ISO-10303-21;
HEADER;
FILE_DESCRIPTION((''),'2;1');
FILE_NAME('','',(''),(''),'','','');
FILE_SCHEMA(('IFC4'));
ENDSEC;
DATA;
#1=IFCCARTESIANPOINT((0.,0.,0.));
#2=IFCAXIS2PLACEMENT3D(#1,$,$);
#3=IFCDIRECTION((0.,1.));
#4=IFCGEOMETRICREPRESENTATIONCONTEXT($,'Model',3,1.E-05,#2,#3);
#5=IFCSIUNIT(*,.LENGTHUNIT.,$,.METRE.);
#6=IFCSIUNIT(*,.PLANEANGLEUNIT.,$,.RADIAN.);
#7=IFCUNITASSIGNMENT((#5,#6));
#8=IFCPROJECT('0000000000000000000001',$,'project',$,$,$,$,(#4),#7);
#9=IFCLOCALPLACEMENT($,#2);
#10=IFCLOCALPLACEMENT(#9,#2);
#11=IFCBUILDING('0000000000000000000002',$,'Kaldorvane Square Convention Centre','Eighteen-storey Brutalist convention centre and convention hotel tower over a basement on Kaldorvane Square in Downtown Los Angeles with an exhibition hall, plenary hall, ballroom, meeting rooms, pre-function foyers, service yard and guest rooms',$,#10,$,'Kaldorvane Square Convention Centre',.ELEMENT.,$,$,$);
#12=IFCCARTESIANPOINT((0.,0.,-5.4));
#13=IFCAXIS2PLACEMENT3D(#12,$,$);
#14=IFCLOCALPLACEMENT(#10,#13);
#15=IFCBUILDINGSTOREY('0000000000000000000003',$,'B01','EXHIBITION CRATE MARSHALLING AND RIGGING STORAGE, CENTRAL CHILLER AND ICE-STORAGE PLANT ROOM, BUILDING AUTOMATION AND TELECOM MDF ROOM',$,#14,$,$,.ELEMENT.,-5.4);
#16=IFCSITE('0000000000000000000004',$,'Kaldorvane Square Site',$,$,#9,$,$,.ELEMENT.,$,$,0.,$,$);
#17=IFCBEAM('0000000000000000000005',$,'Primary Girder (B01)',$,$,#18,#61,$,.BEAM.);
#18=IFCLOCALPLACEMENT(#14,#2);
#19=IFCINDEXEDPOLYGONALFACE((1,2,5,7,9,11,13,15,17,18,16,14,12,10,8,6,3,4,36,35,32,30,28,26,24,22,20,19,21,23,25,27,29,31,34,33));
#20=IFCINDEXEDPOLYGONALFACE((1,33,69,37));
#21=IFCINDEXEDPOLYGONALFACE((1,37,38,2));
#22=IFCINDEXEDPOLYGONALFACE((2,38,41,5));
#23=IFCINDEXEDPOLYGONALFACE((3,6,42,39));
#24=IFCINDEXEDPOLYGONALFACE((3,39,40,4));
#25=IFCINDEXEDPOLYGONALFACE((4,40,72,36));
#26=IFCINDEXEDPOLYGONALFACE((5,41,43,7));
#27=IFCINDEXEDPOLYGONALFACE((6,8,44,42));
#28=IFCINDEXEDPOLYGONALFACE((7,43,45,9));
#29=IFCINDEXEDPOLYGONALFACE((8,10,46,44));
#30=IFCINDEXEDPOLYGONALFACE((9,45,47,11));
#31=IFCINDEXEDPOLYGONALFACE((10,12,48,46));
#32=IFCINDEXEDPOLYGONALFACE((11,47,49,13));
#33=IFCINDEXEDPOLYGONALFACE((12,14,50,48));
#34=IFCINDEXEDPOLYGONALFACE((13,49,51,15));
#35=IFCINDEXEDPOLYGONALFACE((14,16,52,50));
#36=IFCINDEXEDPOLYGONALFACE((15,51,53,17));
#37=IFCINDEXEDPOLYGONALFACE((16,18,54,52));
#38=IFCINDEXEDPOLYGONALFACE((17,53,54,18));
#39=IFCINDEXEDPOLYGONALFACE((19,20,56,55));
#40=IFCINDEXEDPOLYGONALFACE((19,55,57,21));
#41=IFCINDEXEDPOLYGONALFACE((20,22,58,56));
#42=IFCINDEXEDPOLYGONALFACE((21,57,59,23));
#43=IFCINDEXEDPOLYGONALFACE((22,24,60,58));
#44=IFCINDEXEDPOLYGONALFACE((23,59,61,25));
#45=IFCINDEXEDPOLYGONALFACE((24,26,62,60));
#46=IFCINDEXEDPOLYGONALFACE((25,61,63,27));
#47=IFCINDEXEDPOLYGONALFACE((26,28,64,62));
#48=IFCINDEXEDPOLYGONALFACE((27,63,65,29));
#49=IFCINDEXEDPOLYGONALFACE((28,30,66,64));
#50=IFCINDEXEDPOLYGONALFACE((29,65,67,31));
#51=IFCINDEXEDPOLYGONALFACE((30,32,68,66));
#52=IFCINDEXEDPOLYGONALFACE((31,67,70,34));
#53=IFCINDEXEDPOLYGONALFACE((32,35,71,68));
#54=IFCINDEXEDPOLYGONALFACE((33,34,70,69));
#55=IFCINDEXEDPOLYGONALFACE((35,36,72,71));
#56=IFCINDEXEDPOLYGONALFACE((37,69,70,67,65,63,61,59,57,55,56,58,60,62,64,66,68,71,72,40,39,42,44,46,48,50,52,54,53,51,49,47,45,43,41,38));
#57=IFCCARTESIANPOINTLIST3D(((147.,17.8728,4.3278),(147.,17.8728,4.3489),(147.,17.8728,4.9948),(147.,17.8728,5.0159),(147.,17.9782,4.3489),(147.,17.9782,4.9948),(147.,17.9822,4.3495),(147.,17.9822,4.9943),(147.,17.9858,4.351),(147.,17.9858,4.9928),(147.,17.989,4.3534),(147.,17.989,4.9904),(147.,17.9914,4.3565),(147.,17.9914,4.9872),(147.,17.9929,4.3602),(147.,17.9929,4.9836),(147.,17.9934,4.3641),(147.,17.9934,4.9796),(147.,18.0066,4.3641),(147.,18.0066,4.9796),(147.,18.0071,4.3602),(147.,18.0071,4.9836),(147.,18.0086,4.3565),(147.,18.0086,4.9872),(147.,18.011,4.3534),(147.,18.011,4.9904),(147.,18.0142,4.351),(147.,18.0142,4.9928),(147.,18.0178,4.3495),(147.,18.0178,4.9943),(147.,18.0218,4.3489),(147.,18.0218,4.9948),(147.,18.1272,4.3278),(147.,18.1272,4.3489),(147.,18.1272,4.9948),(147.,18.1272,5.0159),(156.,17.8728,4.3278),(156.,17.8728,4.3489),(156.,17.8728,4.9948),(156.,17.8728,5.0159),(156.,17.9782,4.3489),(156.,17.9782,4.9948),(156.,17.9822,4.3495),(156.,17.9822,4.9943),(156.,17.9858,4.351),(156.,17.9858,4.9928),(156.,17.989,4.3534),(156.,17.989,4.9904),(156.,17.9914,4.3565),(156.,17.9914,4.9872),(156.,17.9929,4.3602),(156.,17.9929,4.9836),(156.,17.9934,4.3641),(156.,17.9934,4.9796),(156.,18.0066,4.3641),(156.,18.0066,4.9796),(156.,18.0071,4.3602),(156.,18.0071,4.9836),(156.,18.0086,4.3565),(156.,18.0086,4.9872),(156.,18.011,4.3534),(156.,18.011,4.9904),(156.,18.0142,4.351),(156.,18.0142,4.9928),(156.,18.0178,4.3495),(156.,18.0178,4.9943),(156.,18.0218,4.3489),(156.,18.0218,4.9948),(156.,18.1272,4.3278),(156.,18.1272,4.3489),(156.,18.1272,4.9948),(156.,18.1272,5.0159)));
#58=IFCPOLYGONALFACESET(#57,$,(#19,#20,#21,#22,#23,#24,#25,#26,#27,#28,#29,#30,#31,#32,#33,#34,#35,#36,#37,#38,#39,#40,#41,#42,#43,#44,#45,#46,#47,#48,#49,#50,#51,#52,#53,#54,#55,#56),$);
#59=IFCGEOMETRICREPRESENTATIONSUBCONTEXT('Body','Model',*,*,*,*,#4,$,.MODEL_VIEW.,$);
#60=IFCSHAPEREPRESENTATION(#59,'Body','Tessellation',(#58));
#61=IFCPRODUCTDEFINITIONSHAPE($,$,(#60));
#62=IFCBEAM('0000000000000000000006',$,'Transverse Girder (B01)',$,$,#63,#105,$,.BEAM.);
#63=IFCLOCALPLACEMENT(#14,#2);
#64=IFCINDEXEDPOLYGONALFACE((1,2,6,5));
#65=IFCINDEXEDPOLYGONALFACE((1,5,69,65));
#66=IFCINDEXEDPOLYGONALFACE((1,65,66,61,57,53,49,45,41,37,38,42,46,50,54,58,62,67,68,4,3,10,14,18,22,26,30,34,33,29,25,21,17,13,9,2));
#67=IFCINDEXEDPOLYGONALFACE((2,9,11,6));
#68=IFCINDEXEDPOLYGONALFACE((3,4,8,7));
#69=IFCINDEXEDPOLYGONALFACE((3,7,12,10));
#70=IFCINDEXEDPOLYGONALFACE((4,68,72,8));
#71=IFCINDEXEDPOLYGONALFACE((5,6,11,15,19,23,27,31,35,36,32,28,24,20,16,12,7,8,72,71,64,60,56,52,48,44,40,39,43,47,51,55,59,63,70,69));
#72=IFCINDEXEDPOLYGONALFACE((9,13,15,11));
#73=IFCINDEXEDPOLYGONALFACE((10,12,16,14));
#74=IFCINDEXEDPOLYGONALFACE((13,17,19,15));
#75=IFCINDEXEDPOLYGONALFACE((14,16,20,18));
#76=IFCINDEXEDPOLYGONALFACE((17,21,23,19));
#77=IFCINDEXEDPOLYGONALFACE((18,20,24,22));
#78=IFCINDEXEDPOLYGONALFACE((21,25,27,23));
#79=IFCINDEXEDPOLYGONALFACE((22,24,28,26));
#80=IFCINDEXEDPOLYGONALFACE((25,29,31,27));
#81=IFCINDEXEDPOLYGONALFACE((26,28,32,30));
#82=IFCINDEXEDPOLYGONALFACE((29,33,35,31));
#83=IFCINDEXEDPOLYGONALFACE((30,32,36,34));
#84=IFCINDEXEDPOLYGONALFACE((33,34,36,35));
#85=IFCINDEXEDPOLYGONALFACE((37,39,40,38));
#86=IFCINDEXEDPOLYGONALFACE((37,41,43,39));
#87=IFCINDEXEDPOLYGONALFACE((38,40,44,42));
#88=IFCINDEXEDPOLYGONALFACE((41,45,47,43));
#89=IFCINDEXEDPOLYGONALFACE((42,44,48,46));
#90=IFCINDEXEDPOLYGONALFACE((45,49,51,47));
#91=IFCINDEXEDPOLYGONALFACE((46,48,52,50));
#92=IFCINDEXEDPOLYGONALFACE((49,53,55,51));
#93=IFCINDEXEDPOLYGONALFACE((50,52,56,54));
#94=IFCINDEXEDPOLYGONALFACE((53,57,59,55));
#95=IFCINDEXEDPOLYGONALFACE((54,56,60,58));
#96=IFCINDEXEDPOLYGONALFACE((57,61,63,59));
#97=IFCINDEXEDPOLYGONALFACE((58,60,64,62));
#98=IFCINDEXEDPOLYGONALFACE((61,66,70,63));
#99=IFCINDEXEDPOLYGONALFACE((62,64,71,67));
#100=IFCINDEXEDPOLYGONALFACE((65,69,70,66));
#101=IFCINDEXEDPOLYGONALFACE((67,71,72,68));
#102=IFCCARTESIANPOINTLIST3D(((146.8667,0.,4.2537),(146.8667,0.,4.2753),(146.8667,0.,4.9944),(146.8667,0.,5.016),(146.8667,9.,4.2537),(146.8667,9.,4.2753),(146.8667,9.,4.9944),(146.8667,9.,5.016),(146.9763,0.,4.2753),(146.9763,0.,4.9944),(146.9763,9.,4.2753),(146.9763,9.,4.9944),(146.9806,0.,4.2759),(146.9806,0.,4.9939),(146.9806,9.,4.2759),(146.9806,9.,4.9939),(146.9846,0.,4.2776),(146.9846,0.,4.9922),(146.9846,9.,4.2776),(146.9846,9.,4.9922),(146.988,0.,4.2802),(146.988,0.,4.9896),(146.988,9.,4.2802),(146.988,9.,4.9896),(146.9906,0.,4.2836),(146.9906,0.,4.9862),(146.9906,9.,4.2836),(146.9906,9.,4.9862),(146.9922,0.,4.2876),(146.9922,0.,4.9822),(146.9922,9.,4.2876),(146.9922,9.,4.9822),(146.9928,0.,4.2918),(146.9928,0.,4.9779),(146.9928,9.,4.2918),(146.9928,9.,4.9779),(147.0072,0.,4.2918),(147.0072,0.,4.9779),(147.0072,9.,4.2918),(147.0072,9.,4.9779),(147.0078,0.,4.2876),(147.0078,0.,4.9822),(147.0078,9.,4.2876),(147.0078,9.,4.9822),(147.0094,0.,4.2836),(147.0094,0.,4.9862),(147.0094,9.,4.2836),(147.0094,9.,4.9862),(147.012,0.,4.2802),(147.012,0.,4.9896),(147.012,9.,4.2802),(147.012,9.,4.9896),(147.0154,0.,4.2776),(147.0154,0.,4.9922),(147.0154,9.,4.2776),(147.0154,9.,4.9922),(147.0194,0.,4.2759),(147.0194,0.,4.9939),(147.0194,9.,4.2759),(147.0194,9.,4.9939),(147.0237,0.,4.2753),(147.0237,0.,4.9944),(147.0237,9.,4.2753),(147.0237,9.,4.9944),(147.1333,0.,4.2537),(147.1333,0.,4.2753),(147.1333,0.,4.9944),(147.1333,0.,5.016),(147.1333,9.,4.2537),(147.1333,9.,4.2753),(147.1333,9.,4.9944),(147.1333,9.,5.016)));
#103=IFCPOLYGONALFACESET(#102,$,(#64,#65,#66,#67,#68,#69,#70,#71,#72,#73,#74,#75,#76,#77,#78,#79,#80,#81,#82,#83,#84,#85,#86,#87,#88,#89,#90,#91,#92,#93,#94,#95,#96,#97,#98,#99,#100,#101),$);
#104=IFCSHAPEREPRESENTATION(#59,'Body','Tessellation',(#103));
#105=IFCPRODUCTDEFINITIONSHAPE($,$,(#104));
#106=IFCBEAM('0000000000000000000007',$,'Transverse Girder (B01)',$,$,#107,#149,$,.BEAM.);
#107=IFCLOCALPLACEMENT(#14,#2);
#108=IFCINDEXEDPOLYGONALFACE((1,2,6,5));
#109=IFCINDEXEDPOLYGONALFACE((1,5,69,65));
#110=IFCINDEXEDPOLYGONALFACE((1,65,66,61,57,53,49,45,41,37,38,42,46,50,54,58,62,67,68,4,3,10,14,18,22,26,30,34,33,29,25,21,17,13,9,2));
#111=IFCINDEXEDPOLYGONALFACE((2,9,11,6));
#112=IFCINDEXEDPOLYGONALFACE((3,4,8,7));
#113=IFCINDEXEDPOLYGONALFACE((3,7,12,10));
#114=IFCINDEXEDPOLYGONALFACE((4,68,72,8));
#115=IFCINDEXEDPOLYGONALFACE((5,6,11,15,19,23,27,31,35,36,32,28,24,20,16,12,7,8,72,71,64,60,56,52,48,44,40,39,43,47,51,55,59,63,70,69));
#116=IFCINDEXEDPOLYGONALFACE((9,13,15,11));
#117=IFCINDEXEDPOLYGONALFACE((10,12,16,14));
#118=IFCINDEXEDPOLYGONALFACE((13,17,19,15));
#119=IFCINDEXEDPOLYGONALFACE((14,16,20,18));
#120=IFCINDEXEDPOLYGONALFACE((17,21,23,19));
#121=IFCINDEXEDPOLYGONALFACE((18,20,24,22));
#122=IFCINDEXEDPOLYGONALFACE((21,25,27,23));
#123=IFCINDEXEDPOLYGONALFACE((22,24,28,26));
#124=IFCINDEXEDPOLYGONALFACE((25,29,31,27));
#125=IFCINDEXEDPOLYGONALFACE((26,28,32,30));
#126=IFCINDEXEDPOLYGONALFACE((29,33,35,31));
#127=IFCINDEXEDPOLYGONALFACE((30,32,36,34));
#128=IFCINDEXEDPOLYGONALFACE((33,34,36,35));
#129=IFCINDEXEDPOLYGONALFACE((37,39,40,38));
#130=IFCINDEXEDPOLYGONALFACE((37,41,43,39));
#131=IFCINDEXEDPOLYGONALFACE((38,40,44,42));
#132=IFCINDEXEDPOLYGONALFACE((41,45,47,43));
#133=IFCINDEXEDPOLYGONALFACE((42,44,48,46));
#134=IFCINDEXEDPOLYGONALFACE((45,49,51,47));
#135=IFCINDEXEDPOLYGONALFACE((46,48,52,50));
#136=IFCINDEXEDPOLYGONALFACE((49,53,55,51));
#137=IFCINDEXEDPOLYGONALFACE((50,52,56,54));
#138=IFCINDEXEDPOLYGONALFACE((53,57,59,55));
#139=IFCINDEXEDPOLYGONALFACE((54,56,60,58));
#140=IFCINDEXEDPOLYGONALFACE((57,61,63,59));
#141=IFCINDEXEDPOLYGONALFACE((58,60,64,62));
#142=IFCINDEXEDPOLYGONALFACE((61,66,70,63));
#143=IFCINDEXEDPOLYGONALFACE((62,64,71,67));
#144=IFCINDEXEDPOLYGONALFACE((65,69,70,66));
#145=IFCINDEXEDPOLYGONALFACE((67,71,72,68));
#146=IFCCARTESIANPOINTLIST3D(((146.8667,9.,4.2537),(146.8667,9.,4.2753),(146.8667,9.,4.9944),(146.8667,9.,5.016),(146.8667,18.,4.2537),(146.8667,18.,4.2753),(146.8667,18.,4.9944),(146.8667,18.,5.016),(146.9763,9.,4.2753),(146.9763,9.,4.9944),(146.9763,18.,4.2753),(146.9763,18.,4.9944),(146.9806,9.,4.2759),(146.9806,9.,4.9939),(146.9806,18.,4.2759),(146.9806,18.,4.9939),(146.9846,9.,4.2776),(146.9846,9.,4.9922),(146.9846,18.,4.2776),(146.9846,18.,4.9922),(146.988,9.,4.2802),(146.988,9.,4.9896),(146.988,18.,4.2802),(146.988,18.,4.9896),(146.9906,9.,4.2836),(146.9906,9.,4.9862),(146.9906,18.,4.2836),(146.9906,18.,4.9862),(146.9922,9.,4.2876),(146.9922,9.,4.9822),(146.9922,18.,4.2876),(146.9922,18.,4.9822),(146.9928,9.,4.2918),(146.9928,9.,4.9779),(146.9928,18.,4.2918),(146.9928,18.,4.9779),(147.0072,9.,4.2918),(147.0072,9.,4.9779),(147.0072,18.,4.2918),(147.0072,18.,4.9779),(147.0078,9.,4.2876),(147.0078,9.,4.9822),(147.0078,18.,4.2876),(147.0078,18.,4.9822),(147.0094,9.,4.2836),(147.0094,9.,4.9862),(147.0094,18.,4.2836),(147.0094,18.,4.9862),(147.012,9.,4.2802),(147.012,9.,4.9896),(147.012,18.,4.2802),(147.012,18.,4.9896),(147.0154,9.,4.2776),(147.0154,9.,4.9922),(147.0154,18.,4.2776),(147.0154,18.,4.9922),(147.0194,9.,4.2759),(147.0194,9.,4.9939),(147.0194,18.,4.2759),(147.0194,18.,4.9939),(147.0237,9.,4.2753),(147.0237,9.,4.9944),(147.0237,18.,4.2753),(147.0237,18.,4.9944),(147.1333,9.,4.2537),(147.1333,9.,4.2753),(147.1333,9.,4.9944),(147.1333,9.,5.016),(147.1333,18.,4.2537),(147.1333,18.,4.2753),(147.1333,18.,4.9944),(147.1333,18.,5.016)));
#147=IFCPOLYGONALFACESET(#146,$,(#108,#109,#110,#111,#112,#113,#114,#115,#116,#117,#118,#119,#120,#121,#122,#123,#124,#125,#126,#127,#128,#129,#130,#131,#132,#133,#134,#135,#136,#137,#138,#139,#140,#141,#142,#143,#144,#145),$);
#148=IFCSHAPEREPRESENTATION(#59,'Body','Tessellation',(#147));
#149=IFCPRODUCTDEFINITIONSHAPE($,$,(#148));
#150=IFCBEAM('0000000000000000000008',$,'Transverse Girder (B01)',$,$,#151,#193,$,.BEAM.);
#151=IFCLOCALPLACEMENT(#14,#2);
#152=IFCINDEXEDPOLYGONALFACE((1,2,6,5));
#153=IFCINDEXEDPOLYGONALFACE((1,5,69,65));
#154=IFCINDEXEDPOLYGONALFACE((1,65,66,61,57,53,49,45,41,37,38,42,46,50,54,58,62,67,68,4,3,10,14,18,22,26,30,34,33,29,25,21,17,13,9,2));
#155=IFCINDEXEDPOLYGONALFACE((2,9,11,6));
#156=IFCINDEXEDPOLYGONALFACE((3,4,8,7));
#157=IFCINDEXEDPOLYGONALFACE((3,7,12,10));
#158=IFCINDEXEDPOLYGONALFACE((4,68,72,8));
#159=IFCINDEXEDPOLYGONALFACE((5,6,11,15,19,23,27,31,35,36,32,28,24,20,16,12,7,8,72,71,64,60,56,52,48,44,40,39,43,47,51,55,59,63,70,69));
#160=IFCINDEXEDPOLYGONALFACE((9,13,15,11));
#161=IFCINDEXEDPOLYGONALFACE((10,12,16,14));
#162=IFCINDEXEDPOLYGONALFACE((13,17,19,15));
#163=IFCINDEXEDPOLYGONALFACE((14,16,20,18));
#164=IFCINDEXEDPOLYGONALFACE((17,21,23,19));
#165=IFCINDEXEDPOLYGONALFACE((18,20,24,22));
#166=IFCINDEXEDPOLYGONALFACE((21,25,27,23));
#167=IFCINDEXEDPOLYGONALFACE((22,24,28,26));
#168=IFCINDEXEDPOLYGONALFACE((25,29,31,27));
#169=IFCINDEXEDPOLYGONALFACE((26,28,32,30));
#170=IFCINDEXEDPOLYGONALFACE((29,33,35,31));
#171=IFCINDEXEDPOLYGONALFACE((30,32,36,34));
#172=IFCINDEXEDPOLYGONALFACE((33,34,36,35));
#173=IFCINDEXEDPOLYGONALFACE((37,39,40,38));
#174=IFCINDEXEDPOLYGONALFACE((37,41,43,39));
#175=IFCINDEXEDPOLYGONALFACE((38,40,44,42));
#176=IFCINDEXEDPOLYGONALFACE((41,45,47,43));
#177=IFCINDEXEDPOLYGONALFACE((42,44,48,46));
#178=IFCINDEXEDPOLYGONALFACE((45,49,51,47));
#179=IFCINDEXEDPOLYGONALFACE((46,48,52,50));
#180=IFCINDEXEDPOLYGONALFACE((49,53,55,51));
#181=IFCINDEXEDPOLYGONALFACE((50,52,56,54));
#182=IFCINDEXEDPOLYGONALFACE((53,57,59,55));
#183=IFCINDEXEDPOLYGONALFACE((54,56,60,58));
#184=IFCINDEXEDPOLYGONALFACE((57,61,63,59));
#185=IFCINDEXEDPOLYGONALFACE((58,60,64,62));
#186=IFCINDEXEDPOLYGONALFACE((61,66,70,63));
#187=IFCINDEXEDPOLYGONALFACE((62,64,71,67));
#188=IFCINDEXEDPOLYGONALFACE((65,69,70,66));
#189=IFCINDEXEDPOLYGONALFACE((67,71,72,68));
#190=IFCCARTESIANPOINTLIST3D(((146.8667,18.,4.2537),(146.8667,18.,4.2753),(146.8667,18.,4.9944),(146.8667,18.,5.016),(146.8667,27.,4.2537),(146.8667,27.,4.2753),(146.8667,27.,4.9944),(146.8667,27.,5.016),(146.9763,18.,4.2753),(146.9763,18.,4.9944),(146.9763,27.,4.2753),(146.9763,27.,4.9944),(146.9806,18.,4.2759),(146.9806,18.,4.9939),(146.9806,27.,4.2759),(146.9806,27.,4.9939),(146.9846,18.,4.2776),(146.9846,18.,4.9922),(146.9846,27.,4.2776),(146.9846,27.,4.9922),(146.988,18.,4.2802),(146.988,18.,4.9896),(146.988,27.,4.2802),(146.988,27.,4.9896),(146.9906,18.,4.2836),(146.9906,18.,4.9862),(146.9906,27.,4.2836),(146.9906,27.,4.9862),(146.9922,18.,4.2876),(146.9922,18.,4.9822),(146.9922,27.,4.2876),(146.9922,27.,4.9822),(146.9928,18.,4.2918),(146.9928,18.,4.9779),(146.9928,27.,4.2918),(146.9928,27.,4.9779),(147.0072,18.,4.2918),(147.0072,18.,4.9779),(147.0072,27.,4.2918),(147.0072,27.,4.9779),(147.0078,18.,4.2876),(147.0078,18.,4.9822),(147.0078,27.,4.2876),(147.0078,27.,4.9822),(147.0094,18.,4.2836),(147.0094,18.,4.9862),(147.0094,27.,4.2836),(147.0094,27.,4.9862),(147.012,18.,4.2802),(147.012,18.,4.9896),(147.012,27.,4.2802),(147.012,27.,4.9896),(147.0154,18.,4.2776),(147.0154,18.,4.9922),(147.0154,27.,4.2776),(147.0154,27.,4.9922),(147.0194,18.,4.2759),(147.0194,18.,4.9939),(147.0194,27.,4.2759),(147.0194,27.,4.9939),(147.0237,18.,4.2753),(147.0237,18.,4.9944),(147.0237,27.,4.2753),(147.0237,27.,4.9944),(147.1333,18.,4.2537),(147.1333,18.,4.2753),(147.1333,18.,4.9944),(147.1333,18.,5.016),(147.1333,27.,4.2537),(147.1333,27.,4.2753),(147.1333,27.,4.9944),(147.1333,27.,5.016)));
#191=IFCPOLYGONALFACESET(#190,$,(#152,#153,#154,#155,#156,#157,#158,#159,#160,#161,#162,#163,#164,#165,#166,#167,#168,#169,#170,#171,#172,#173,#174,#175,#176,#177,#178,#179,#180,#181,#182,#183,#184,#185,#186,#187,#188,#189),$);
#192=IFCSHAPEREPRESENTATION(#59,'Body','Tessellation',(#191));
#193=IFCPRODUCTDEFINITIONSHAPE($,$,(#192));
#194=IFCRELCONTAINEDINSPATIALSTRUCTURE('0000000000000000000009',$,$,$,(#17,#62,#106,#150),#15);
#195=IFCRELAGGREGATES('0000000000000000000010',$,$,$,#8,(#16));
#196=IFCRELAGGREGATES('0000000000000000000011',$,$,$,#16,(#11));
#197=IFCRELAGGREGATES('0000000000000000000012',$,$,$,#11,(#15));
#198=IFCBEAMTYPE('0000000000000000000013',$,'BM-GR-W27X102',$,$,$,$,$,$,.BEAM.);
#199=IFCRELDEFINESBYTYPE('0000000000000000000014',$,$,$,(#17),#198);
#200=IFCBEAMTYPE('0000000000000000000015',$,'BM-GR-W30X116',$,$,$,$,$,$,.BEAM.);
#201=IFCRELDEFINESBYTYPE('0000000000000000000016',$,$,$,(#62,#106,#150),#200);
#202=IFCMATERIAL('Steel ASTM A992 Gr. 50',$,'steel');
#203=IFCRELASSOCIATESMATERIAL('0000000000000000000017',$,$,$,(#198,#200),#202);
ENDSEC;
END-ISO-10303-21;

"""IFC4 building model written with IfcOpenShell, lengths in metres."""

from ifc_helpers import new_model, si_unit, direction, frame, origin, origin_2d, place, context, subcontext, project, spatial, i_section, extrude, material, material_profile, profile_set, type_object, element, save


model = new_model("IFC4")

# Units and contexts
model_context = context("Model", 3, precision=1e-05, world=origin(), true_north=direction((0.0, 1.0)))
body_context = subcontext(model_context, "Body", "Model", "MODEL_VIEW")
ifc_project = project(units=[si_unit("LENGTHUNIT", "METRE"), si_unit("PLANEANGLEUNIT", "RADIAN")], contexts=[model_context])

# Site, building, storey
site_placement = place(None, origin())
site = spatial("IfcSite", under=ifc_project, at=site_placement, Name="Kaldorvane Square Site", CompositionType="ELEMENT", RefElevation=0.0)
building_placement = place(site_placement, origin())
building = spatial("IfcBuilding", under=site, at=building_placement, Name="Kaldorvane Square Convention Centre", Description="Eighteen-storey Brutalist convention centre and convention hotel tower over a basement on Kaldorvane Square in Downtown Los Angeles with an exhibition hall, plenary hall, ballroom, meeting rooms, pre-function foyers, service yard and guest rooms", LongName="Kaldorvane Square Convention Centre", CompositionType="ELEMENT")
storey_placement = place(building_placement, frame((0.0, 0.0, -5.4)))
storey = spatial("IfcBuildingStorey", under=building, at=storey_placement, Name="B01", Description="EXHIBITION CRATE MARSHALLING AND RIGGING STORAGE, CENTRAL CHILLER AND ICE-STORAGE PLANT ROOM, BUILDING AUTOMATION AND TELECOM MDF ROOM", CompositionType="ELEMENT", Elevation=-5.4)

# Shared definitions
ifc_material_1 = material(Name="Steel ASTM A992 Gr. 50", Category="steel")

# Beams
ifc_material_profile_1 = material_profile(ifc_material_1, i_section(OverallWidth=0.2544, OverallDepth=0.6881, WebThickness=0.0131, FlangeThickness=0.0211, FilletRadius=0.0152, at=origin_2d()), Name="W27X102")
ifc_profile_set_1 = profile_set([ifc_material_profile_1], Name="Steel ASTM A992 Gr. 50")
beam_type_1 = type_object("IfcBeamType", Name="BM-GR-W27X102", PredefinedType="BEAM", material=ifc_profile_set_1)
for number, where, z_axis, x_axis, name in (
    (1, (147.0, 18.0, 4.6719), (1.0, 0.0, 0.0), (0.0, 1.0, 0.0), "Primary Girder (B01)"),
):
    element("IfcBeam", number, at=place(storey_placement, frame(where, z_axis=z_axis, x_axis=x_axis)), inside=storey, type_object=beam_type_1, Name=name, PredefinedType="BEAM", context=body_context, shape_type="SweptSolid", body=[
        extrude(i_section(OverallWidth=0.2544, OverallDepth=0.6881, WebThickness=0.0131, FlangeThickness=0.0211, FilletRadius=0.0152, at=origin_2d()), origin(), (0.0, 0.0, 1.0), 9.0),
    ])
ifc_material_profile_2 = material_profile(ifc_material_1, i_section(OverallWidth=0.2666, OverallDepth=0.7623, WebThickness=0.0144, FlangeThickness=0.0216, FilletRadius=0.0165, at=origin_2d()), Name="W30X116")
ifc_profile_set_2 = profile_set([ifc_material_profile_2], Name="Steel ASTM A992 Gr. 50")
beam_type_2 = type_object("IfcBeamType", Name="BM-GR-W30X116", PredefinedType="BEAM", material=ifc_profile_set_2)
for number, where, z_axis, x_axis, name in (
    (2, (147.0, 0.0, 4.6349), (0.0, 1.0, 0.0), (-1.0, 0.0, 0.0), "Transverse Girder (B01)"),
    (3, (147.0, 9.0, 4.6349), (0.0, 1.0, 0.0), (-1.0, 0.0, 0.0), "Transverse Girder (B01)"),
    (4, (147.0, 18.0, 4.6349), (0.0, 1.0, 0.0), (-1.0, 0.0, 0.0), "Transverse Girder (B01)"),
):
    element("IfcBeam", number, at=place(storey_placement, frame(where, z_axis=z_axis, x_axis=x_axis)), inside=storey, type_object=beam_type_2, Name=name, PredefinedType="BEAM", context=body_context, shape_type="SweptSolid", body=[
        extrude(i_section(OverallWidth=0.2666, OverallDepth=0.7623, WebThickness=0.0144, FlangeThickness=0.0216, FilletRadius=0.0165, at=origin_2d()), origin(), (0.0, 0.0, 1.0), 9.0),
    ])

save(model, "model.ifc")
